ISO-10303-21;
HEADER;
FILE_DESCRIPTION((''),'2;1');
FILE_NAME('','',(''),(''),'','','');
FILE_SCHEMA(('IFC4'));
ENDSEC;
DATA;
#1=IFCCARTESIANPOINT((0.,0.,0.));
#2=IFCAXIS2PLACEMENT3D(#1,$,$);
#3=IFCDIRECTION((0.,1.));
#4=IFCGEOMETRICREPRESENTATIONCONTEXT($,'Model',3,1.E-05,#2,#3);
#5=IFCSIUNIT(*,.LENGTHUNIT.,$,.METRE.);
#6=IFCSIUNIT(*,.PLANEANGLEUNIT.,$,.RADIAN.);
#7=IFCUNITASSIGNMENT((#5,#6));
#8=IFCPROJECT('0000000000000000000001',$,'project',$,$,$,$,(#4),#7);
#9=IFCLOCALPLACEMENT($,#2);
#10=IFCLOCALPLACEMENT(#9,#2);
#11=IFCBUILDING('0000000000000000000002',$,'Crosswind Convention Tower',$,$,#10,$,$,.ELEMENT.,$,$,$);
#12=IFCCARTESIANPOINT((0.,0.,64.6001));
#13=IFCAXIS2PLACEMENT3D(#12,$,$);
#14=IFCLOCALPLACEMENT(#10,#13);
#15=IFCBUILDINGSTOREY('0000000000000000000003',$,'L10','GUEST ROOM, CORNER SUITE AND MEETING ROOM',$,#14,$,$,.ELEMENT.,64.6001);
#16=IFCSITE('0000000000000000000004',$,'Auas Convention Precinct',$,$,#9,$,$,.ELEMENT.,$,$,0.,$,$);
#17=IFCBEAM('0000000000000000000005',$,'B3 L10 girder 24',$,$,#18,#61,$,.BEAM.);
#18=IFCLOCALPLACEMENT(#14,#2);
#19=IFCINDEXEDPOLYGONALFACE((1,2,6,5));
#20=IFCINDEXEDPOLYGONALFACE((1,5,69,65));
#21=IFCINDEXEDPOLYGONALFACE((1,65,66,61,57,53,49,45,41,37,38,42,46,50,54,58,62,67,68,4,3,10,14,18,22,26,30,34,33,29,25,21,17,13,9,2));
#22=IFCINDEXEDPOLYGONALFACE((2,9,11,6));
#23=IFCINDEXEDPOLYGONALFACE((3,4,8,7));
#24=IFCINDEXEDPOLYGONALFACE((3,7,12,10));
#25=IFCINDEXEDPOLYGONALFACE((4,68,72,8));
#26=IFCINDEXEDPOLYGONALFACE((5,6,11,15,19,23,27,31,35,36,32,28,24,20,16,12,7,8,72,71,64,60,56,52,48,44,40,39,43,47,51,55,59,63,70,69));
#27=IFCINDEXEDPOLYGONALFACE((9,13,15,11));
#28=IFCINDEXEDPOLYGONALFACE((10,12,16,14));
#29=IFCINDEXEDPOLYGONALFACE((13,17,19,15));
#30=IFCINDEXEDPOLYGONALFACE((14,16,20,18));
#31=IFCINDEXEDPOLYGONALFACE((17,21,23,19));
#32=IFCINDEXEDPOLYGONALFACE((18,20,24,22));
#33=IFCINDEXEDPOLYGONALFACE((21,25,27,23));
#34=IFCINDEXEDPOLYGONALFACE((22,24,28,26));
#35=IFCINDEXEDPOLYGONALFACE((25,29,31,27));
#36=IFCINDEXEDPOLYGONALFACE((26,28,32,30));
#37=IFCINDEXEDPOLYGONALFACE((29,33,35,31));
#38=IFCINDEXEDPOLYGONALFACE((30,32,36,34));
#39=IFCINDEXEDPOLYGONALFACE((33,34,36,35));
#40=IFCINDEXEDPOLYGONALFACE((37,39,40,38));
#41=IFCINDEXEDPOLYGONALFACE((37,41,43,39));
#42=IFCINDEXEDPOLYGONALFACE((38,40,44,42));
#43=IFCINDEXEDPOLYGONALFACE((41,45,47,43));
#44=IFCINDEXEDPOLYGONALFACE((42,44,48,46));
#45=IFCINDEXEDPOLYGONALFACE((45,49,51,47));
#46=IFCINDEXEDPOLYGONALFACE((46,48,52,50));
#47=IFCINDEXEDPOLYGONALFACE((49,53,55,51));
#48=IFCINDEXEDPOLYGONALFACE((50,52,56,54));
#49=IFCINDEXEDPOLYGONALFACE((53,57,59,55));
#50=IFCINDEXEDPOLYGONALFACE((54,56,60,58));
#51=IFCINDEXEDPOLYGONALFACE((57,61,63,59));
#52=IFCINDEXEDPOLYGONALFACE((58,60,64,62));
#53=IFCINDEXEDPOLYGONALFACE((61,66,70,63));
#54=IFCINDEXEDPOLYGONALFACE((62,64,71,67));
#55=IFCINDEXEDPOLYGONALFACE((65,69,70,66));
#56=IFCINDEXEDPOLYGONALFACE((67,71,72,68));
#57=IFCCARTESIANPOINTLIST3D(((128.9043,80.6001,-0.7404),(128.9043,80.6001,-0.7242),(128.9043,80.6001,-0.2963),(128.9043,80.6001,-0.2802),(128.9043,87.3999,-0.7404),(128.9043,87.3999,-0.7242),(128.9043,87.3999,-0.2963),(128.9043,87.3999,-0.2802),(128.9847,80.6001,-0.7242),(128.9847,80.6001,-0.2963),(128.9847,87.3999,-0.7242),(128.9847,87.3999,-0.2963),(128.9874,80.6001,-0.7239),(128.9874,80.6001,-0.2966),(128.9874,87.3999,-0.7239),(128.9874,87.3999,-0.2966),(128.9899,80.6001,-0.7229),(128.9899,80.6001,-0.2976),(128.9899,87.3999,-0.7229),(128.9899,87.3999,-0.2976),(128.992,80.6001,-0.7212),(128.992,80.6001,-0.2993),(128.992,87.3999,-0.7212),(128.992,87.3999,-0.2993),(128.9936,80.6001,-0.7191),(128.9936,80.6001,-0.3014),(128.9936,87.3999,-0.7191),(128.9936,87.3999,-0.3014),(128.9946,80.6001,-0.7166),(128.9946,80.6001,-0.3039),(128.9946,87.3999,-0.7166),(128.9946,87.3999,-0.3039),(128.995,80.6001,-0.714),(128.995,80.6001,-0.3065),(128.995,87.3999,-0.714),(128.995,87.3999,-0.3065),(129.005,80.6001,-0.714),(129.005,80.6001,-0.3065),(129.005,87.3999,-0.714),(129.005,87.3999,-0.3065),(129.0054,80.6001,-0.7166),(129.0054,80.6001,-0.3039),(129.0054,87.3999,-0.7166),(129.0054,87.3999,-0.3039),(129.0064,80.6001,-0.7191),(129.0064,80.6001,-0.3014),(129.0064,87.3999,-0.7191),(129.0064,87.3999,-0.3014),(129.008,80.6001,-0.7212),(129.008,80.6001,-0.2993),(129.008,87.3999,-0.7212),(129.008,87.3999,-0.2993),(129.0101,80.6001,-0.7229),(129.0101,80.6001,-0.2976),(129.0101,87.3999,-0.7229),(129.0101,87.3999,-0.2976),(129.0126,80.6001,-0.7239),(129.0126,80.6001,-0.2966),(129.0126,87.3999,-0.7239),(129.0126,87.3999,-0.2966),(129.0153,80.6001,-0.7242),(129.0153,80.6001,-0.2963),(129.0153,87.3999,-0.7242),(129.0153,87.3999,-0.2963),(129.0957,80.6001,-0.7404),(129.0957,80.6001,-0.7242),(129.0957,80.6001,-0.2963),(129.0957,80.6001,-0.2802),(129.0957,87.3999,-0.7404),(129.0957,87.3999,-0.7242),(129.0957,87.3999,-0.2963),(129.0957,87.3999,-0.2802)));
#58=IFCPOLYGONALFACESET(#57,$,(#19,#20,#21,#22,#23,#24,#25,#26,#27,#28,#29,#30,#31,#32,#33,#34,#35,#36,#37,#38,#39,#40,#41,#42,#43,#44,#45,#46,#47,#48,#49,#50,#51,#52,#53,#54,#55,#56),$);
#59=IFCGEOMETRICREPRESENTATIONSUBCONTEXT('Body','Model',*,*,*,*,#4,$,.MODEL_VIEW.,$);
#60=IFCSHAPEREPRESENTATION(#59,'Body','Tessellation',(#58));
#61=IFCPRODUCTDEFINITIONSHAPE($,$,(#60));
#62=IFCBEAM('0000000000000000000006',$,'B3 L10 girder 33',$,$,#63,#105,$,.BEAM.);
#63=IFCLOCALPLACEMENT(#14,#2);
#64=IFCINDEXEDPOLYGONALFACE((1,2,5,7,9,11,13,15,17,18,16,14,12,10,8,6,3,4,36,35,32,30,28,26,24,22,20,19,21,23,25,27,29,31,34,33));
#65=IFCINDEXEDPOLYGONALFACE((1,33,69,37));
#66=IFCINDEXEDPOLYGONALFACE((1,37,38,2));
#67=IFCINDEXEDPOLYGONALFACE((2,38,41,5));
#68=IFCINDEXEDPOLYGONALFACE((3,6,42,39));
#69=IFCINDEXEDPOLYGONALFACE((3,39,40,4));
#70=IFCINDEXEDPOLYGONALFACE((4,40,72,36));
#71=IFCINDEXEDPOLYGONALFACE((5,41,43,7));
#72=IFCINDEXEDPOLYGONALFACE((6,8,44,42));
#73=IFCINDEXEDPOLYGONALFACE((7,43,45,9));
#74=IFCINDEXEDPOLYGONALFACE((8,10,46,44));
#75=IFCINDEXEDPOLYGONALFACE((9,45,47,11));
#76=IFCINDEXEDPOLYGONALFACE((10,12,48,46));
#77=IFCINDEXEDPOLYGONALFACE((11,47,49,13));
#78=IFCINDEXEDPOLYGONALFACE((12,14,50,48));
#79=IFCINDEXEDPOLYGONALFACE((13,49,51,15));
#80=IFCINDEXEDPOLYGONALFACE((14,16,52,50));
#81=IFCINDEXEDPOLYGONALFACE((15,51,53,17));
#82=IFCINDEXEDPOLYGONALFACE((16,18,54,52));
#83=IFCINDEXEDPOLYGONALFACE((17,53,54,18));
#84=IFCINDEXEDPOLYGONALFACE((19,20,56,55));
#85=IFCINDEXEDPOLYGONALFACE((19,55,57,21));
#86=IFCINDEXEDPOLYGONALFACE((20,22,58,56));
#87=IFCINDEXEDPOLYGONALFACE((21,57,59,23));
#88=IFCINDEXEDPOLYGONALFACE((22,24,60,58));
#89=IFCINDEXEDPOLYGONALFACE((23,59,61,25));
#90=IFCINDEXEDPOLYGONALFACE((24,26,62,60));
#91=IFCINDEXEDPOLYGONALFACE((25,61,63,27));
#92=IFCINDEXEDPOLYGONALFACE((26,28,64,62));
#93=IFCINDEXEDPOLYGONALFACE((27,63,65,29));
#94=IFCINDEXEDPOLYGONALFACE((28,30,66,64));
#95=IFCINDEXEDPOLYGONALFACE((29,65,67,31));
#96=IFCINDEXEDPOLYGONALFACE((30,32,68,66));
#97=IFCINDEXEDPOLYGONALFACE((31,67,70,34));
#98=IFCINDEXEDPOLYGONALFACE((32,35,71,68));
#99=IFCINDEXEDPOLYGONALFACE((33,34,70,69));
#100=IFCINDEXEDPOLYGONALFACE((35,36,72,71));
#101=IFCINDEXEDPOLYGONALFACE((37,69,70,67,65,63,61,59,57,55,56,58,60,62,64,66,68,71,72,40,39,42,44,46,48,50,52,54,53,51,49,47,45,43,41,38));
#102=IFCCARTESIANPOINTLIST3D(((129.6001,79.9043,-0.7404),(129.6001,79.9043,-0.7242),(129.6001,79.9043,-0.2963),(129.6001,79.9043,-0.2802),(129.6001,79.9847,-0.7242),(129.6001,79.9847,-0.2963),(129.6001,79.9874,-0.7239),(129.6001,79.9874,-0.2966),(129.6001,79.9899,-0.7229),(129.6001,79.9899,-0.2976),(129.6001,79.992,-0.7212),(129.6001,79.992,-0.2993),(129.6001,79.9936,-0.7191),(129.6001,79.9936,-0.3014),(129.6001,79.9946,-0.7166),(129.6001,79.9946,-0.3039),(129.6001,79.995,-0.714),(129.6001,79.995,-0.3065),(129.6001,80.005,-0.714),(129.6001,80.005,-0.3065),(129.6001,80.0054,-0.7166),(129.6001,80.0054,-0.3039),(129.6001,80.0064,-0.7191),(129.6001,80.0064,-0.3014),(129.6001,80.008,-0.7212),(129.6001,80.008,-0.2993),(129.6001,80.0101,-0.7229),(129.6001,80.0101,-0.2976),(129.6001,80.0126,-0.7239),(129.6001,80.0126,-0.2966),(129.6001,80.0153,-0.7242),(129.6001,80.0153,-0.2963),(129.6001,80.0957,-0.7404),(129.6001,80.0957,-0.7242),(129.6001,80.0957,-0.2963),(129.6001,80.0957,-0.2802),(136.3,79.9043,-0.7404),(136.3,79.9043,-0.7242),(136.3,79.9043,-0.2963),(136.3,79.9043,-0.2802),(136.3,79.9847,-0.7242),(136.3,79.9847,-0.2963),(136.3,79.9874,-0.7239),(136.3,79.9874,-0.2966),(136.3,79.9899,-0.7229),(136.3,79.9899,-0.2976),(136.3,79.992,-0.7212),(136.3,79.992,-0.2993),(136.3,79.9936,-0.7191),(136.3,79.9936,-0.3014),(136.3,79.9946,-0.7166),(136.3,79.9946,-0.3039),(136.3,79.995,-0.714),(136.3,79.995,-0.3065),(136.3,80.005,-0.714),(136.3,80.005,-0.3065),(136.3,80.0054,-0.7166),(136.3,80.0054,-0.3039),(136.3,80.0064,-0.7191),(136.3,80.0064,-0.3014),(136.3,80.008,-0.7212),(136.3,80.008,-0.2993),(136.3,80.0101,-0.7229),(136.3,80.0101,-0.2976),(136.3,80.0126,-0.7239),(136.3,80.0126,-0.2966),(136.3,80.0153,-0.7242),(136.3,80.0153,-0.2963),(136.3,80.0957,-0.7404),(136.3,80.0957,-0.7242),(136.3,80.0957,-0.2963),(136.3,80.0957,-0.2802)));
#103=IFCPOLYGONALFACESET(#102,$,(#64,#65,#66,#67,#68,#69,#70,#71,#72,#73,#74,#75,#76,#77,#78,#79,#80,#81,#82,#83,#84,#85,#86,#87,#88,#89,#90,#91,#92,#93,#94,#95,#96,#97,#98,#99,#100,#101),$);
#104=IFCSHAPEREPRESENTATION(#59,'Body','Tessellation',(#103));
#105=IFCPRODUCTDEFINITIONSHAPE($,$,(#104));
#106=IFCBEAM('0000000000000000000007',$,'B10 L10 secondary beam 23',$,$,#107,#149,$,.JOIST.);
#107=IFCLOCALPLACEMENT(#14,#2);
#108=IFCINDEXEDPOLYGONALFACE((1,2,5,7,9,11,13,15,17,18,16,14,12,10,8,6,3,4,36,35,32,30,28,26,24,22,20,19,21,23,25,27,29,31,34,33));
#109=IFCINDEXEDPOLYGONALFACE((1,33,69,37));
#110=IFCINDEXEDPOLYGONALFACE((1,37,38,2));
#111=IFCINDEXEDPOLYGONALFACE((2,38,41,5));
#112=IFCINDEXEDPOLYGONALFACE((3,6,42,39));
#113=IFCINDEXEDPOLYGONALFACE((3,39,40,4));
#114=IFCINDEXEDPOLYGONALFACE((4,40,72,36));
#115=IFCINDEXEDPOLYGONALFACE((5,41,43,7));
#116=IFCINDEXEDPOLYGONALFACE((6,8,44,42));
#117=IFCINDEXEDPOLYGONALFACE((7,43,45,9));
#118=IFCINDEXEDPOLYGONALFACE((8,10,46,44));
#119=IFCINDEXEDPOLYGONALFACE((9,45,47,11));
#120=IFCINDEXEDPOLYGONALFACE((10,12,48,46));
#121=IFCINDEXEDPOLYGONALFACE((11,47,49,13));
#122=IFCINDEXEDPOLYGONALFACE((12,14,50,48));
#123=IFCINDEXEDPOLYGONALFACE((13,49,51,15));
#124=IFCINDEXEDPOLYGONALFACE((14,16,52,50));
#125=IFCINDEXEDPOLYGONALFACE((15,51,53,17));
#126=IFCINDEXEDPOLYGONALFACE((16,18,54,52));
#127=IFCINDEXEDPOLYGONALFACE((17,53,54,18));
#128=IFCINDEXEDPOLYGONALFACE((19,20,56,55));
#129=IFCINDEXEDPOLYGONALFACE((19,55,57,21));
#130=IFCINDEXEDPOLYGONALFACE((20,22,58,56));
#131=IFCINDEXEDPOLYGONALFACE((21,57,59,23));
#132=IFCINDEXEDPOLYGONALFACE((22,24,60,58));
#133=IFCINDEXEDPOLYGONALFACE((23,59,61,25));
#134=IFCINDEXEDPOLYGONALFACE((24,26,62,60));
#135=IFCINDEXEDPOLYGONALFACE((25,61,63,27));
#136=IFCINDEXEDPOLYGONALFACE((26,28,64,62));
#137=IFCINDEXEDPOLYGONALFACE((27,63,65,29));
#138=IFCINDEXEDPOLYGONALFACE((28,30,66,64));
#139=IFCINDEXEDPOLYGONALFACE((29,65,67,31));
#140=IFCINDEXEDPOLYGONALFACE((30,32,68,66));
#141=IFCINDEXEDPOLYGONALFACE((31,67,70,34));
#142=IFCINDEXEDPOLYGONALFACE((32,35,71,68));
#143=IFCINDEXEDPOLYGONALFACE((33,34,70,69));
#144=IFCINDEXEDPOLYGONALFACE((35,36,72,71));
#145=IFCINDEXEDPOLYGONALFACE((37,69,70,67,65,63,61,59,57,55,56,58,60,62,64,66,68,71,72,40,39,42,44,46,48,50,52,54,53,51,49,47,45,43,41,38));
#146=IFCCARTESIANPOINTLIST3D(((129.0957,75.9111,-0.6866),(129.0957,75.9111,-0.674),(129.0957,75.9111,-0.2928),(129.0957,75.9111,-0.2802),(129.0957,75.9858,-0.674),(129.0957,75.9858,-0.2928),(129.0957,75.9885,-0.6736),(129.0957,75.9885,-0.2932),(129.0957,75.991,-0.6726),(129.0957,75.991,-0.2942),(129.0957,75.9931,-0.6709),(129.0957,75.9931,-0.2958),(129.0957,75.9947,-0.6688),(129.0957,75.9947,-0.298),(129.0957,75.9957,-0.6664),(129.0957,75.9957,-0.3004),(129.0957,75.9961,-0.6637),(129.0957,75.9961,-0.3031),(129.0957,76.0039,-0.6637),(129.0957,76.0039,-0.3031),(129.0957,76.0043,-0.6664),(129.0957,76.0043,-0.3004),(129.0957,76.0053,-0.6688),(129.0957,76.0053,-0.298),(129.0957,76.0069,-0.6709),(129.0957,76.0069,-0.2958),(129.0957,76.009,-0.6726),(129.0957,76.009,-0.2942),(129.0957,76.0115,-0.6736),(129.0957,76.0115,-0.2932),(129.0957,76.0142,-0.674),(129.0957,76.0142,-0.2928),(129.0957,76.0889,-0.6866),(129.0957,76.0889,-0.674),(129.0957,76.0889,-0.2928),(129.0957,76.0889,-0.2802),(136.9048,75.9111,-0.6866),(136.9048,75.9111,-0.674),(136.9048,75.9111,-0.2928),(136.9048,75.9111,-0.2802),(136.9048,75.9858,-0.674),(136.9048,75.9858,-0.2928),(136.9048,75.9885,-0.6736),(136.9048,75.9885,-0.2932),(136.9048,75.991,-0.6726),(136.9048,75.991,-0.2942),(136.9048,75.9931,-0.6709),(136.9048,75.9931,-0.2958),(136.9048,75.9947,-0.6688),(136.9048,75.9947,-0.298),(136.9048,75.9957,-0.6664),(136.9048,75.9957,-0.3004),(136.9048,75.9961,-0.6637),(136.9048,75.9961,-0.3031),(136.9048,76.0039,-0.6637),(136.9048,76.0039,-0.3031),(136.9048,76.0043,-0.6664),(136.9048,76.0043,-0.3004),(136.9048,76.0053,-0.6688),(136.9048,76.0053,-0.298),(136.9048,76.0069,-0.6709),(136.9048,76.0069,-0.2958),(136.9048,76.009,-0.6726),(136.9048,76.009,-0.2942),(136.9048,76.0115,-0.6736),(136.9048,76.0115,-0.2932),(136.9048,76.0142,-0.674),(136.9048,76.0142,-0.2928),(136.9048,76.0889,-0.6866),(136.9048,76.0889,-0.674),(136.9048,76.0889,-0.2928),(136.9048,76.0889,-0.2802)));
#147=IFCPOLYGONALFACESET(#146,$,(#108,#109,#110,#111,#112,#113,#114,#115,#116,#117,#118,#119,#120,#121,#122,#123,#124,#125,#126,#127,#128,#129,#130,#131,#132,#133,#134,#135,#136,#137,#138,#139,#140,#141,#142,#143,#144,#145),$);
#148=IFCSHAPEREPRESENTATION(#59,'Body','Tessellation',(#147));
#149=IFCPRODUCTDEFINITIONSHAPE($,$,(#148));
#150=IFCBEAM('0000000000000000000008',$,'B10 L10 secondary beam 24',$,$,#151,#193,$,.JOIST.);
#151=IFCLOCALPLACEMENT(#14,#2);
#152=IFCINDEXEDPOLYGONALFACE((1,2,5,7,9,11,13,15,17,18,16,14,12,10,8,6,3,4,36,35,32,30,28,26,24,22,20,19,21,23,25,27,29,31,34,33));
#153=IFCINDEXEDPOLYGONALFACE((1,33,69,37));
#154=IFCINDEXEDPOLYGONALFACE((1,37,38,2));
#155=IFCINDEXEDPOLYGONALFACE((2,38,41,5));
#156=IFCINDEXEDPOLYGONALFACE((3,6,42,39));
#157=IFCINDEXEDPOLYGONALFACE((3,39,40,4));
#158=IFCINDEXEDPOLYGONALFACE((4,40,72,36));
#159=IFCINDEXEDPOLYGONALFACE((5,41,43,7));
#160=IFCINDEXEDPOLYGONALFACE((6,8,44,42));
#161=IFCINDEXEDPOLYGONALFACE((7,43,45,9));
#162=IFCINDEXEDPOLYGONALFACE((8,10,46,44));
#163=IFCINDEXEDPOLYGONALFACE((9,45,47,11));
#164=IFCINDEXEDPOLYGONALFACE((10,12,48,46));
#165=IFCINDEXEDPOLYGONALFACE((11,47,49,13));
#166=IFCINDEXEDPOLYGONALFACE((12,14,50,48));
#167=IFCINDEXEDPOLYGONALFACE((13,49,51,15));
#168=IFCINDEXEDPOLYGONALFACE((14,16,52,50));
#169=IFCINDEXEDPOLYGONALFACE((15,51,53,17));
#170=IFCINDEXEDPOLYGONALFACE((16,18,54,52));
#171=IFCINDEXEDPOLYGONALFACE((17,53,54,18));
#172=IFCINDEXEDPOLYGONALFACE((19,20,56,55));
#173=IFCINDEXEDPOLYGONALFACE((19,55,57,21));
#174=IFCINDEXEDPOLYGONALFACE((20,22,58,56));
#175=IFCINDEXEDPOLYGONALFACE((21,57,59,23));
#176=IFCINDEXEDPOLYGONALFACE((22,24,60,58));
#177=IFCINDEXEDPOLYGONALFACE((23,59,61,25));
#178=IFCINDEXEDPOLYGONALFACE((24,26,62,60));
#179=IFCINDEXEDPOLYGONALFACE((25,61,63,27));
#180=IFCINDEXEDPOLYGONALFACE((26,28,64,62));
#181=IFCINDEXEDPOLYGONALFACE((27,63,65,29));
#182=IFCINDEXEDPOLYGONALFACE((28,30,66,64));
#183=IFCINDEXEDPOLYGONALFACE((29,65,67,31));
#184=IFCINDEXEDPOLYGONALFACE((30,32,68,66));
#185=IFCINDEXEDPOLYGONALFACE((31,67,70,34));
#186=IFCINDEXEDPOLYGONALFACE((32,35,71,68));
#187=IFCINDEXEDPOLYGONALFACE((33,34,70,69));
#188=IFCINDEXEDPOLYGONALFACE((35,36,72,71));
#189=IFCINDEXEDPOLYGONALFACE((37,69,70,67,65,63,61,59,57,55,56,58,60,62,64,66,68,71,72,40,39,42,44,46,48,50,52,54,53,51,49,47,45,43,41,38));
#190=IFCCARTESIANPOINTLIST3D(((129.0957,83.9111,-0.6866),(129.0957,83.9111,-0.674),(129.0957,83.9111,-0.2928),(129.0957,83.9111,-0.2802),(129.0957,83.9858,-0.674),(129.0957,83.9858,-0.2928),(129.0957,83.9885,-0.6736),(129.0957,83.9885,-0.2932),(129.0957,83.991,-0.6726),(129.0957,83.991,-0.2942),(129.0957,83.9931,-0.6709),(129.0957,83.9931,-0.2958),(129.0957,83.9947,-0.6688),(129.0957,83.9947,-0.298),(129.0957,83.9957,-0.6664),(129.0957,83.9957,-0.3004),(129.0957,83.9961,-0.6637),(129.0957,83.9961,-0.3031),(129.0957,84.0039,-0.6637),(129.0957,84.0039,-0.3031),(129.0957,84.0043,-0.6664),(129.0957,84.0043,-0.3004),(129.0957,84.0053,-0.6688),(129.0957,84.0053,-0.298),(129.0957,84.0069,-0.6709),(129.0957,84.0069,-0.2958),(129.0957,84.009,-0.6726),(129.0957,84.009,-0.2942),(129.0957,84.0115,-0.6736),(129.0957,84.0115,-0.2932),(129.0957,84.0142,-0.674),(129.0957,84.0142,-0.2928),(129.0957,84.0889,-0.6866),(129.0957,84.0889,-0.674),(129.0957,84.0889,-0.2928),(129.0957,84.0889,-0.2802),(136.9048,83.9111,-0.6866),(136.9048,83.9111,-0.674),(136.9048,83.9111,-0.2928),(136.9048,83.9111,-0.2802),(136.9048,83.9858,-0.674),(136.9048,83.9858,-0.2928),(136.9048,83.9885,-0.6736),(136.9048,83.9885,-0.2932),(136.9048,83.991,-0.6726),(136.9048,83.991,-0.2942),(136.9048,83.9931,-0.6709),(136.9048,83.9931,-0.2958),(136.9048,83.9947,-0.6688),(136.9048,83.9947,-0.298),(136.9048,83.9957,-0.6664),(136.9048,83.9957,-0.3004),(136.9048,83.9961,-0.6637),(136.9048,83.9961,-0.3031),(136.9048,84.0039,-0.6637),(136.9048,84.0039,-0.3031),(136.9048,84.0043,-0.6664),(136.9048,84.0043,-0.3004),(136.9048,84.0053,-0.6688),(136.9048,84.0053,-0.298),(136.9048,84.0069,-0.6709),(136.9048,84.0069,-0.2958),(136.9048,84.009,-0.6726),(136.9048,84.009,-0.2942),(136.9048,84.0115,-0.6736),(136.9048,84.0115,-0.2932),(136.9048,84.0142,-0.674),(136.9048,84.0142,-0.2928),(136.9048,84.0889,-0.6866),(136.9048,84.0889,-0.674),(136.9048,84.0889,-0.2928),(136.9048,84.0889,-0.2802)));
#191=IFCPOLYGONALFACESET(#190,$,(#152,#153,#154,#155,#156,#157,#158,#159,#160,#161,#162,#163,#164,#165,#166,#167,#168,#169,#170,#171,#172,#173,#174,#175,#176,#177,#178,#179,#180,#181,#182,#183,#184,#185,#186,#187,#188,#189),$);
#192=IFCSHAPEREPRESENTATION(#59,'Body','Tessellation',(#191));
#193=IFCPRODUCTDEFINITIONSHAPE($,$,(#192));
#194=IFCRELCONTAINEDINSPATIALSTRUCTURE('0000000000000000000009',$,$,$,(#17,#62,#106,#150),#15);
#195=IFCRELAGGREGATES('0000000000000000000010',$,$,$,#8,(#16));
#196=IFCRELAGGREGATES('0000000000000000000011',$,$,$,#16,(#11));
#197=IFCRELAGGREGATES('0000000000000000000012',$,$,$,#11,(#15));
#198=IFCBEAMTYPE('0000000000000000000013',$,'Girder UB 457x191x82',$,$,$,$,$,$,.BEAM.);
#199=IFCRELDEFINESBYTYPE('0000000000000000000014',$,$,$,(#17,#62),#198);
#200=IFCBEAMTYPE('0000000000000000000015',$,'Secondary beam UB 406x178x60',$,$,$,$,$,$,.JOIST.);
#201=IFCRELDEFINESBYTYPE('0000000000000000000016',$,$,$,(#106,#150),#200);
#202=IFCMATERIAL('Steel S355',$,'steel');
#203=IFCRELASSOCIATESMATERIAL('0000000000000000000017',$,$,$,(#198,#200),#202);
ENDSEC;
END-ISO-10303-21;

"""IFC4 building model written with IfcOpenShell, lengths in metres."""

from ifc_helpers import new_model, si_unit, direction, frame, origin, origin_2d, place, context, subcontext, project, spatial, i_section, extrude, material, material_profile, profile_set, type_object, element, save


model = new_model("IFC4")

# Units and contexts
model_context = context("Model", 3, precision=1e-05, world=origin(), true_north=direction((0.0, 1.0)))
body_context = subcontext(model_context, "Body", "Model", "MODEL_VIEW")
ifc_project = project(units=[si_unit("LENGTHUNIT", "METRE"), si_unit("PLANEANGLEUNIT", "RADIAN")], contexts=[model_context])

# Site, building, storey
site_placement = place(None, origin())
site = spatial("IfcSite", under=ifc_project, at=site_placement, Name="Auas Convention Precinct", CompositionType="ELEMENT", RefElevation=0.0)
building_placement = place(site_placement, origin())
building = spatial("IfcBuilding", under=site, at=building_placement, Name="Crosswind Convention Tower", CompositionType="ELEMENT")
storey_placement = place(building_placement, frame((0.0, 0.0, 64.6001)))
storey = spatial("IfcBuildingStorey", under=building, at=storey_placement, Name="L10", Description="GUEST ROOM, CORNER SUITE AND MEETING ROOM", CompositionType="ELEMENT", Elevation=64.6001)

# Beams
ifc_material_1 = material(Name="Steel S355", Category="steel")
ifc_material_profile_1 = material_profile(ifc_material_1, i_section(OverallWidth=0.1914, OverallDepth=0.4602, WebThickness=0.01, FlangeThickness=0.0161, FilletRadius=0.0103, at=origin_2d()), Name="UB 457x191x82")
ifc_profile_set_1 = profile_set([ifc_material_profile_1], Name="Steel S355")
beam_type_1 = type_object("IfcBeamType", Name="Girder UB 457x191x82", PredefinedType="BEAM", material=ifc_profile_set_1)
for number, where, z_axis, x_axis, name in (
    (1, (129.0, 80.6001, -0.5103), (0.0, 1.0, 0.0), (-1.0, 0.0, 0.0), "B3 L10 girder 24"),
):
    element("IfcBeam", number, at=place(storey_placement, frame(where, z_axis=z_axis, x_axis=x_axis)), inside=storey, type_object=beam_type_1, Name=name, PredefinedType="BEAM", context=body_context, shape_type="SweptSolid", body=[
        extrude(i_section(OverallWidth=0.1914, OverallDepth=0.4602, WebThickness=0.01, FlangeThickness=0.0161, FilletRadius=0.0103, at=origin_2d()), origin(), (0.0, 0.0, 1.0), 6.7998),
    ])
beam_1_placement = place(storey_placement, frame((129.6001, 80.0, -0.5103), z_axis=(1.0, 0.0, 0.0), x_axis=(0.0, 1.0, 0.0)))
element("IfcBeam", 2, at=beam_1_placement, inside=storey, type_object=beam_type_1, Name="B3 L10 girder 33", PredefinedType="BEAM", context=body_context, shape_type="SweptSolid", body=[
    extrude(i_section(OverallWidth=0.1914, OverallDepth=0.4602, WebThickness=0.01, FlangeThickness=0.0161, FilletRadius=0.0103, at=origin_2d()), origin(), (0.0, 0.0, 1.0), 6.7),
])
ifc_material_profile_2 = material_profile(ifc_material_1, i_section(OverallWidth=0.1777, OverallDepth=0.4065, WebThickness=0.0078, FlangeThickness=0.0127, FilletRadius=0.0103, at=origin_2d()), Name="UB 406x178x60")
ifc_profile_set_2 = profile_set([ifc_material_profile_2], Name="Steel S355")
beam_type_2 = type_object("IfcBeamType", Name="Secondary beam UB 406x178x60", PredefinedType="JOIST", material=ifc_profile_set_2)
for number, where, z_axis, x_axis, name in (
    (3, (129.0957, 76.0, -0.4834), (1.0, 0.0, 0.0), (0.0, 1.0, 0.0), "B10 L10 secondary beam 23"),
    (4, (129.0957, 84.0, -0.4834), (1.0, 0.0, 0.0), (0.0, 1.0, 0.0), "B10 L10 secondary beam 24"),
):
    element("IfcBeam", number, at=place(storey_placement, frame(where, z_axis=z_axis, x_axis=x_axis)), inside=storey, type_object=beam_type_2, Name=name, PredefinedType="JOIST", context=body_context, shape_type="SweptSolid", body=[
        extrude(i_section(OverallWidth=0.1777, OverallDepth=0.4065, WebThickness=0.0078, FlangeThickness=0.0127, FilletRadius=0.0103, at=origin_2d()), origin(), (0.0, 0.0, 1.0), 7.8091),
    ])

save(model, "model.ifc")
